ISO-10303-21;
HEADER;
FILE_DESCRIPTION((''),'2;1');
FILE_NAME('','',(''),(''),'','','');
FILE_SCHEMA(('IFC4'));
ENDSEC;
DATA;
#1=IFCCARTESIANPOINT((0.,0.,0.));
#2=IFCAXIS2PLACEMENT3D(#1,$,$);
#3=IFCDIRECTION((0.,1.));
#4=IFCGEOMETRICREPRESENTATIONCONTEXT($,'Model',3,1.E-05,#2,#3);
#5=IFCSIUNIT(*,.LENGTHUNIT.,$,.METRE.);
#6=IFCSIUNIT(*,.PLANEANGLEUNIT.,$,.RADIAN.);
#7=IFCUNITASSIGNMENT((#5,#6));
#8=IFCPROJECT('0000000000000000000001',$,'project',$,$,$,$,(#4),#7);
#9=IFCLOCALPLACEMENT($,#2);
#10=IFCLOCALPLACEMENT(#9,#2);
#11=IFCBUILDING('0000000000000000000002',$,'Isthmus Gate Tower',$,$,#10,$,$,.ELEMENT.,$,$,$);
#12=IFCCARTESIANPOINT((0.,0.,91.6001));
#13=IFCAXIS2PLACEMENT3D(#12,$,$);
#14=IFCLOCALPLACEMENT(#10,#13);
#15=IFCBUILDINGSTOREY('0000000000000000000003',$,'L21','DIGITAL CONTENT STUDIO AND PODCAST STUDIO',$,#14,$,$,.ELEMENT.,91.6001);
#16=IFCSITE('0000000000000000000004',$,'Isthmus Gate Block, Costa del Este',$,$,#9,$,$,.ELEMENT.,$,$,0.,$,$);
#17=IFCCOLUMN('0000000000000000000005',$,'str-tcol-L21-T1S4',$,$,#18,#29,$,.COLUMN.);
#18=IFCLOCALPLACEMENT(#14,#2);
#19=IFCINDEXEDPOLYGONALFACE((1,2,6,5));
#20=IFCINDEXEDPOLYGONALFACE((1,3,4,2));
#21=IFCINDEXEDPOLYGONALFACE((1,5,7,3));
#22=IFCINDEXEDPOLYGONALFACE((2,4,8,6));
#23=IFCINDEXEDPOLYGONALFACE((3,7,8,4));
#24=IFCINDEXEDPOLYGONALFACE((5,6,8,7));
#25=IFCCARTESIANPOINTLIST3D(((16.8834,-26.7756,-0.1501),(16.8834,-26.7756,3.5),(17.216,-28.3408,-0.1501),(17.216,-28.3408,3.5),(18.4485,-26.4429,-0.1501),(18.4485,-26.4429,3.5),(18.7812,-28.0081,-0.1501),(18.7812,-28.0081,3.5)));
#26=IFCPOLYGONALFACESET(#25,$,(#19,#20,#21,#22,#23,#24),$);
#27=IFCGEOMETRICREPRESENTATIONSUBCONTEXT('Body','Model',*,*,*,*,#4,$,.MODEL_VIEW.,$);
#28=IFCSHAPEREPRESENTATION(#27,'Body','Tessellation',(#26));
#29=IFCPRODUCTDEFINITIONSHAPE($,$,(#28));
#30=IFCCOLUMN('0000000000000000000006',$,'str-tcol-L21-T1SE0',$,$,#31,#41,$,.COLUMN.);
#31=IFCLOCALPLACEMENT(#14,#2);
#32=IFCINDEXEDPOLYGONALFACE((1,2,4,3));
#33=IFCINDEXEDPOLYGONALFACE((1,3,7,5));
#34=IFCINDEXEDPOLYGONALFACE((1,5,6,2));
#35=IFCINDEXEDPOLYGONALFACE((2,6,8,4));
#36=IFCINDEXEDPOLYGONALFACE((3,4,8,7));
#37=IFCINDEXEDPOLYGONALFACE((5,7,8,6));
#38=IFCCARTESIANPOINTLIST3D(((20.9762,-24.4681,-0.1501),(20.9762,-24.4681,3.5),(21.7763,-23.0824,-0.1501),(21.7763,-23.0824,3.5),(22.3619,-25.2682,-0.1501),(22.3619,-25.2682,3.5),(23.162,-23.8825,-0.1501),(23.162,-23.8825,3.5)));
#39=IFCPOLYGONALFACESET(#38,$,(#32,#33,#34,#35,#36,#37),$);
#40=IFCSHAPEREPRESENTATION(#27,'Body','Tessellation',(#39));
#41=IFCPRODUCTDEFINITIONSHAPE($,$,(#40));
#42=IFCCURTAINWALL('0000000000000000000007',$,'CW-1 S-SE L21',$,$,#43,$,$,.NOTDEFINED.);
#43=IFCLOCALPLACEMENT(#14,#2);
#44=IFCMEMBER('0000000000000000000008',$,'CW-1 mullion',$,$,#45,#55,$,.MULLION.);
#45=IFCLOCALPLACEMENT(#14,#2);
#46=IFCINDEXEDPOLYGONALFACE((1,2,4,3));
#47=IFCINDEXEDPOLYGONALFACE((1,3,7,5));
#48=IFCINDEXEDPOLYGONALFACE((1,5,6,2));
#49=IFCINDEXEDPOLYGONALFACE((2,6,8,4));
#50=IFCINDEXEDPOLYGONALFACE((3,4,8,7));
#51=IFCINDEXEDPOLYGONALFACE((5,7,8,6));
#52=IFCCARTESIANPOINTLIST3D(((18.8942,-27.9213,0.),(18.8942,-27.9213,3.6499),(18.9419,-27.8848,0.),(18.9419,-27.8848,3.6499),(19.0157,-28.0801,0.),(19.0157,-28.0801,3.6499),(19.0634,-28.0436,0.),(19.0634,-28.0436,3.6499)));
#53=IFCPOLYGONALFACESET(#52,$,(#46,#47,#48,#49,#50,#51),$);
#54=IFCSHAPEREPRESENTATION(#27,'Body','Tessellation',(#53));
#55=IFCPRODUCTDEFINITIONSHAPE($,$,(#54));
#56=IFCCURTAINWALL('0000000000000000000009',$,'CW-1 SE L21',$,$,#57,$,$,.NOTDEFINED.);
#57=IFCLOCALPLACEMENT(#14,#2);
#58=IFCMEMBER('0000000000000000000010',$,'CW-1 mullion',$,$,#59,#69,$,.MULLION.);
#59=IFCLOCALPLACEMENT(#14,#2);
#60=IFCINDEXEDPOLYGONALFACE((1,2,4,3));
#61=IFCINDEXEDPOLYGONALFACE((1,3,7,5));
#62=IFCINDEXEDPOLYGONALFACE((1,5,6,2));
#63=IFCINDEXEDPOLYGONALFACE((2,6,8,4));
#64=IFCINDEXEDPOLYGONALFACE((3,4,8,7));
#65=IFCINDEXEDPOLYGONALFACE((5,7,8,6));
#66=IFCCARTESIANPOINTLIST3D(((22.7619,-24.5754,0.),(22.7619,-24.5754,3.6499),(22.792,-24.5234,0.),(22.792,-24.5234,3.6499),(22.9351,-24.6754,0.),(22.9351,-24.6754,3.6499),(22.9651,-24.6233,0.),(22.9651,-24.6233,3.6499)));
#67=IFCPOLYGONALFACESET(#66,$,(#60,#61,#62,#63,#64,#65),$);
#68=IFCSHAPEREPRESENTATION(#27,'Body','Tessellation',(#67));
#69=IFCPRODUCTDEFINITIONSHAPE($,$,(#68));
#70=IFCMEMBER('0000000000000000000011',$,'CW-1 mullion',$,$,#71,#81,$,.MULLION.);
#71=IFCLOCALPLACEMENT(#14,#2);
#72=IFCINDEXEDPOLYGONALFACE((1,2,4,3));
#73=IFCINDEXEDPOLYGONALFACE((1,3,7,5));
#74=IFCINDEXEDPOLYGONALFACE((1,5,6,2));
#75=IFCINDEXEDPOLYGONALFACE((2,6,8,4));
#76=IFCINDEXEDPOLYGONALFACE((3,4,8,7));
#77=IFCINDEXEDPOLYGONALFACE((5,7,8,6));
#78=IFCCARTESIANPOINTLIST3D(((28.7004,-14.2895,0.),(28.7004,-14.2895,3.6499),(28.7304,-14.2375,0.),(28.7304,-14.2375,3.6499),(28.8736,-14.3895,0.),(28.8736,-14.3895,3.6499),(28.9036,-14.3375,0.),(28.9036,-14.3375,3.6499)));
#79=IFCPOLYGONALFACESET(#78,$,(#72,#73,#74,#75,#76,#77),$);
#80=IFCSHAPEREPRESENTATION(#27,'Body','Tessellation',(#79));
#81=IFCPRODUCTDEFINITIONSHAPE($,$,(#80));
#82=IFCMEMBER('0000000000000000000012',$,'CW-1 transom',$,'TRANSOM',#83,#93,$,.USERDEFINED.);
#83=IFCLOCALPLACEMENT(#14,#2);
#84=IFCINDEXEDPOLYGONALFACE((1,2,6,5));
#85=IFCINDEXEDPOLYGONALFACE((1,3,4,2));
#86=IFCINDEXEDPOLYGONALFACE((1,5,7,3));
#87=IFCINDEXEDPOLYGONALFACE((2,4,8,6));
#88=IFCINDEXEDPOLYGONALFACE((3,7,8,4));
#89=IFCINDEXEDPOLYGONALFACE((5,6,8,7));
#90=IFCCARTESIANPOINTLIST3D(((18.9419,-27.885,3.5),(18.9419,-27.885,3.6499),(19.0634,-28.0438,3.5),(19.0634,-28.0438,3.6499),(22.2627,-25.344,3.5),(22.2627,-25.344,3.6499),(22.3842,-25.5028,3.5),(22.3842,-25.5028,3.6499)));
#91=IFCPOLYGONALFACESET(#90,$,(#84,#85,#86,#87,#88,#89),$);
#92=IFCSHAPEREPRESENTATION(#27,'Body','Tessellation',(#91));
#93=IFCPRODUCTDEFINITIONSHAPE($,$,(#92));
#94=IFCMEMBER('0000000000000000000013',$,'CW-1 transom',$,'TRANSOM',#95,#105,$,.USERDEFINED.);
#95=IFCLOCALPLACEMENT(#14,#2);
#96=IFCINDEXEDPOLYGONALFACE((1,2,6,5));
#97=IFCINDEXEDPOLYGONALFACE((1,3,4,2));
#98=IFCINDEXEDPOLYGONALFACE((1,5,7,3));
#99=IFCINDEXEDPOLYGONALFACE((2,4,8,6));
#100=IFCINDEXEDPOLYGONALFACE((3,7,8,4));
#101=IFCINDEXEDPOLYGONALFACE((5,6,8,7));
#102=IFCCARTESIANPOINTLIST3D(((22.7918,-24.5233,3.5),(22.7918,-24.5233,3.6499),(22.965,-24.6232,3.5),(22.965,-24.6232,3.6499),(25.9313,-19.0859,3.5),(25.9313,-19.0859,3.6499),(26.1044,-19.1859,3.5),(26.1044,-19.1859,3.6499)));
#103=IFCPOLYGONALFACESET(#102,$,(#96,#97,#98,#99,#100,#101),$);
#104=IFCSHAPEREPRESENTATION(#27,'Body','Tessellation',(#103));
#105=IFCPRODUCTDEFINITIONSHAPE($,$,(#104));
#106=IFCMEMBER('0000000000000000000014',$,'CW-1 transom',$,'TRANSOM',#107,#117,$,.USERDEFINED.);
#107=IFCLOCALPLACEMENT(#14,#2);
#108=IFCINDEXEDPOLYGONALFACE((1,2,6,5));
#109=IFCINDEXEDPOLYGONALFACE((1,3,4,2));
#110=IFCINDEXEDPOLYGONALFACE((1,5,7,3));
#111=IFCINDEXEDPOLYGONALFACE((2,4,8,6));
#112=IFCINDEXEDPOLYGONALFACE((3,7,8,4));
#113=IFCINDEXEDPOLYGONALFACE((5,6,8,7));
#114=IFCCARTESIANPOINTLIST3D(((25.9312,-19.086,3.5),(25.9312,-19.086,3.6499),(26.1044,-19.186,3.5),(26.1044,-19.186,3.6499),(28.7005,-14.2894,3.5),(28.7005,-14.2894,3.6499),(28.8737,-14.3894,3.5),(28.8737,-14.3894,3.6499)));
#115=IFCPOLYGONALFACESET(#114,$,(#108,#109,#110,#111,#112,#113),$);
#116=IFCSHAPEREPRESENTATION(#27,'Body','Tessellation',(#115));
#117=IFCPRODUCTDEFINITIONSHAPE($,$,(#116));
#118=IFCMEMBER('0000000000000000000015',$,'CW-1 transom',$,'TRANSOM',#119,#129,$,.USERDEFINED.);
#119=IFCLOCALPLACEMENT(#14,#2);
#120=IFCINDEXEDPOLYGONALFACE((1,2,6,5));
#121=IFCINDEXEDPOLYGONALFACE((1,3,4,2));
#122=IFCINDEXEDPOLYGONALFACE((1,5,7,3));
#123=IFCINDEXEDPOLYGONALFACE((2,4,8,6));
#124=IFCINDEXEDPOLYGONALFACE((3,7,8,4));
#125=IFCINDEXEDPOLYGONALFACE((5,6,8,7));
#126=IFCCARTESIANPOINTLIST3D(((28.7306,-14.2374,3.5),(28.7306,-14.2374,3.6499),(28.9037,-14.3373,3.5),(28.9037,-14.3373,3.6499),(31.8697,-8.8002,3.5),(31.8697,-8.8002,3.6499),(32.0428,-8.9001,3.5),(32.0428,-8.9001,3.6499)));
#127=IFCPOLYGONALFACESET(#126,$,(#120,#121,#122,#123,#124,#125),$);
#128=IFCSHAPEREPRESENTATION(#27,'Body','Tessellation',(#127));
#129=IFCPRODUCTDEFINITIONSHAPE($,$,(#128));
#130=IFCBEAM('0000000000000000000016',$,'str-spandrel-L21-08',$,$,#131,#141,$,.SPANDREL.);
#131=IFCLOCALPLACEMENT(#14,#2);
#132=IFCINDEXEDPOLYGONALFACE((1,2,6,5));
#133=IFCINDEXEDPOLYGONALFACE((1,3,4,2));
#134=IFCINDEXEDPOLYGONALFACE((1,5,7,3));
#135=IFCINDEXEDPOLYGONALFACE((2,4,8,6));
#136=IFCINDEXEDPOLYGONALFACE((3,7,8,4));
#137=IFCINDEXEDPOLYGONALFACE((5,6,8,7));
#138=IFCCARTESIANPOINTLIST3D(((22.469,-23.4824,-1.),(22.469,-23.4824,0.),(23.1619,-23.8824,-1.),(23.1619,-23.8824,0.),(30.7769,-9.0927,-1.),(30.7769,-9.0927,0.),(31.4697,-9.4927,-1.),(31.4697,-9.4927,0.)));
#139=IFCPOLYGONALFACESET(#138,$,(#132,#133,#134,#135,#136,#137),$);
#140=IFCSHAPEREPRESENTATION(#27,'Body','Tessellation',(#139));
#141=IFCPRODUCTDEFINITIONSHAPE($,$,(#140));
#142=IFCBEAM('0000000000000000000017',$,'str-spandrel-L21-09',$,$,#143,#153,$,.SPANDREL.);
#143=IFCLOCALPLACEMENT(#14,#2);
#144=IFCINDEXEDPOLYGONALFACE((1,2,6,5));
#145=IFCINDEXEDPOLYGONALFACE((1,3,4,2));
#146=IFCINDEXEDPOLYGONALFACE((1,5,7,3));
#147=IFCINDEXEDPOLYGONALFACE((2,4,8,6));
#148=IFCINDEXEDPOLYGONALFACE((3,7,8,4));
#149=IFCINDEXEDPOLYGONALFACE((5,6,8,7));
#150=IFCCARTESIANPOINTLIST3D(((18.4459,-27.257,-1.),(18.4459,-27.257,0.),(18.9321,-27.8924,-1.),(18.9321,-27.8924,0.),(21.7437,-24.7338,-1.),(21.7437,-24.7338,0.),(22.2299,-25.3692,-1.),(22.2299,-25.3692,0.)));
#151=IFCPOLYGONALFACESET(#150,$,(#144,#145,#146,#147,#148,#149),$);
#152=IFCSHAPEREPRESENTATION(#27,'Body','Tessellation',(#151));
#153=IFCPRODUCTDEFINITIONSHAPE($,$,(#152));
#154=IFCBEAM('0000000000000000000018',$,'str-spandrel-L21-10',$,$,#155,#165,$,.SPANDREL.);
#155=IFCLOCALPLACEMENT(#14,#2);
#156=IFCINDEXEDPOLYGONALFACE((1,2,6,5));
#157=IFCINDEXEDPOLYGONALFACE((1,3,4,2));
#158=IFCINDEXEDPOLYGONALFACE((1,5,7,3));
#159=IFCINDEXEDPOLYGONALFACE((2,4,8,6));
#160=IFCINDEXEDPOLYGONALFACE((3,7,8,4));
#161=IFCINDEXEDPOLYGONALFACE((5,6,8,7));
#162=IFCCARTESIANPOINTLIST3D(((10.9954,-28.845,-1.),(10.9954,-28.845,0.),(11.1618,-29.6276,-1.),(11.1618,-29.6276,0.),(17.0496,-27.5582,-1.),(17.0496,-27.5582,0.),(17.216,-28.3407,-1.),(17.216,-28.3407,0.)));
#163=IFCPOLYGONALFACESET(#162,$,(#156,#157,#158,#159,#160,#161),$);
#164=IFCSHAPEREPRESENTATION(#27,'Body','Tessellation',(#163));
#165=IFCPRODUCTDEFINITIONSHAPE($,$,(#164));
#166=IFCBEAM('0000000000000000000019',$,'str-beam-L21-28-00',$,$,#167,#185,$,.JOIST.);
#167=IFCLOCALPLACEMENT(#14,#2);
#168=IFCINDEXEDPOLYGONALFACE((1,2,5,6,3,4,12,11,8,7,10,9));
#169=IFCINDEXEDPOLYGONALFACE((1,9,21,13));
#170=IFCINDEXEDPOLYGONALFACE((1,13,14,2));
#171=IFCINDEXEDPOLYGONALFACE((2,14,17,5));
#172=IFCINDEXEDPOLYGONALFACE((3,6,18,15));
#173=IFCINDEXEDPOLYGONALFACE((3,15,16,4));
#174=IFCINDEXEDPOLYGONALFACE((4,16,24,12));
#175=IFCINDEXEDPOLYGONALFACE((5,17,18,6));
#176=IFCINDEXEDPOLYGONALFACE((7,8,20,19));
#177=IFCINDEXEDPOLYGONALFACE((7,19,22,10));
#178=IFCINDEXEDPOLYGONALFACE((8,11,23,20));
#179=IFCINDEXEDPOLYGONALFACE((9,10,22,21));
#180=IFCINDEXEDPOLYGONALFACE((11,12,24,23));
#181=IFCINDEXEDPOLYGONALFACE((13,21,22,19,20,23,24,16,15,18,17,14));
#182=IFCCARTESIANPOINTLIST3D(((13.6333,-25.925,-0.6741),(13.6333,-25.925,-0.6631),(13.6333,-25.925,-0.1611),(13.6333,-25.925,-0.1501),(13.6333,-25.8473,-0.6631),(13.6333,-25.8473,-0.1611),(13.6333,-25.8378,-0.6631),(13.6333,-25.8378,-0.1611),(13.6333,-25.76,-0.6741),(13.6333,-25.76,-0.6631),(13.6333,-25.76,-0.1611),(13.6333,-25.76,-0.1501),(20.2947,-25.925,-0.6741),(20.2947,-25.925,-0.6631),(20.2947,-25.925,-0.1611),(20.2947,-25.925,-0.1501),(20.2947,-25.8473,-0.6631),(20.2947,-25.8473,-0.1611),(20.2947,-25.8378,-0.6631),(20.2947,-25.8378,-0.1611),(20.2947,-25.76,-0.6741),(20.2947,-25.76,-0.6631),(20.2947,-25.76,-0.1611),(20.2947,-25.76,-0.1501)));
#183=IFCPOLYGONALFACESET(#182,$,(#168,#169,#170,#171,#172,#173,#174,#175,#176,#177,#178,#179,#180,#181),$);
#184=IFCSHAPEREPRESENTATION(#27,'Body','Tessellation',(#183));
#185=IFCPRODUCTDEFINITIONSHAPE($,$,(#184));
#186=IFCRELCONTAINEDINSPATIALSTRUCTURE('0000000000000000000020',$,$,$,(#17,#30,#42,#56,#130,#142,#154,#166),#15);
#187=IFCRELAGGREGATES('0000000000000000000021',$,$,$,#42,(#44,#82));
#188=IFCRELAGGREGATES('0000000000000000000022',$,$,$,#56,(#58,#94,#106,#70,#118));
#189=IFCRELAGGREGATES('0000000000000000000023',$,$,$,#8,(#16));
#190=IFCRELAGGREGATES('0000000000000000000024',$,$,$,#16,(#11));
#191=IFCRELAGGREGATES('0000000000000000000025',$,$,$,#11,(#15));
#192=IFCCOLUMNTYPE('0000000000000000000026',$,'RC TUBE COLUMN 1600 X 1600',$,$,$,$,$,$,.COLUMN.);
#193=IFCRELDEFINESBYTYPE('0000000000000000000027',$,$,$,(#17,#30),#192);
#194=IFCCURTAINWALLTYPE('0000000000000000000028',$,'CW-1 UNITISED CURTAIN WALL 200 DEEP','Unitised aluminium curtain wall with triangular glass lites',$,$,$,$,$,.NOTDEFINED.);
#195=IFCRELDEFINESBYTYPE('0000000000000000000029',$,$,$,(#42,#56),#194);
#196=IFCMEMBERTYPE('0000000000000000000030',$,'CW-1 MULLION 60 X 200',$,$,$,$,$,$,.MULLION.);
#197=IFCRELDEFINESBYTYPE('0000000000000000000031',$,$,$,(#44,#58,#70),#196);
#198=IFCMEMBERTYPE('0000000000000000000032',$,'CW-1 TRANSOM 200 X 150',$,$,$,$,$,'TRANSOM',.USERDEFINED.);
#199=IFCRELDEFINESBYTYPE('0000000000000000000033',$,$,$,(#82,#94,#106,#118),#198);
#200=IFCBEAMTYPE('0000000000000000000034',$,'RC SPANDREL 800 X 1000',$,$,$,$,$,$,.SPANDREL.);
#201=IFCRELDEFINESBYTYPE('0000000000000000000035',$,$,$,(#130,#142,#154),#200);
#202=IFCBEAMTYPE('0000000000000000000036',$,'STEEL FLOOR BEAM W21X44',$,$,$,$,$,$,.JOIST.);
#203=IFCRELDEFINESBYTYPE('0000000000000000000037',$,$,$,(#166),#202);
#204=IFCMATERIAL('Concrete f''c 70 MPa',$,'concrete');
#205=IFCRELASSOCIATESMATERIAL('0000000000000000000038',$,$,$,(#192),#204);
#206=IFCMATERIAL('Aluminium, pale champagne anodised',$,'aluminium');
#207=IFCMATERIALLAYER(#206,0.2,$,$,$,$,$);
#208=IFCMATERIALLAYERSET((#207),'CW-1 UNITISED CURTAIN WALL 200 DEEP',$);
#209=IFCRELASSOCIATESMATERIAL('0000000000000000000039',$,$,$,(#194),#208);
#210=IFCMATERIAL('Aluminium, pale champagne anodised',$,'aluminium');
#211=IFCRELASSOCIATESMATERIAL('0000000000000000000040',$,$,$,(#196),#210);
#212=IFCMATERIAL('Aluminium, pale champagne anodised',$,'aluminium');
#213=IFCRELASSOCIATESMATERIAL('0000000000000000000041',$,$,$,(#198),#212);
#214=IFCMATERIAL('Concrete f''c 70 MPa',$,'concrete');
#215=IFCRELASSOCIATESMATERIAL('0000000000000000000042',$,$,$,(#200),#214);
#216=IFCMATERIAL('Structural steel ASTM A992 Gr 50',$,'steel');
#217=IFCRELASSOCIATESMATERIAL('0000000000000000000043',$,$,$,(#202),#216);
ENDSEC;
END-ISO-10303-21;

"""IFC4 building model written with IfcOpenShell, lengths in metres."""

from ifc_helpers import new_model, si_unit, direction, frame, origin, origin_2d, place, context, subcontext, project, spatial, rectangle, i_section, extrude, material, layer, layer_set, material_profile, profile_set, type_object, element, aggregate, save


model = new_model("IFC4")

# Units and contexts
model_context = context("Model", 3, precision=1e-05, world=origin(), true_north=direction((0.0, 1.0)))
body_context = subcontext(model_context, "Body", "Model", "MODEL_VIEW")
ifc_project = project(units=[si_unit("LENGTHUNIT", "METRE"), si_unit("PLANEANGLEUNIT", "RADIAN")], contexts=[model_context])

# Site, building, storey
site_placement = place(None, origin())
site = spatial("IfcSite", under=ifc_project, at=site_placement, Name="Isthmus Gate Block, Costa del Este", CompositionType="ELEMENT", RefElevation=0.0)
building_placement = place(site_placement, origin())
building = spatial("IfcBuilding", under=site, at=building_placement, Name="Isthmus Gate Tower", CompositionType="ELEMENT")
storey_placement = place(building_placement, frame((0.0, 0.0, 91.6001)))
storey = spatial("IfcBuildingStorey", under=building, at=storey_placement, Name="L21", Description="DIGITAL CONTENT STUDIO AND PODCAST STUDIO", CompositionType="ELEMENT", Elevation=91.6001)

# Columns
ifc_material_1 = material(Name="Concrete f'c 70 MPa", Category="concrete")
ifc_material_profile_1 = material_profile(ifc_material_1, rectangle(XDim=1.6001, YDim=1.6001, at=origin_2d()), Name="RC 1600X1600")
ifc_profile_set_1 = profile_set([ifc_material_profile_1], Name="Concrete f'c 70 MPa")
column_type = type_object("IfcColumnType", Name="RC TUBE COLUMN 1600 X 1600", PredefinedType="COLUMN", material=ifc_profile_set_1)
for number, where, z_axis, x_axis, name in (
    (1, (17.8323, -27.3918, -0.1501), (0.0, 0.0, 1.0), (0.978148, 0.207912, 0.0), "str-tcol-L21-T1S4"),
    (2, (22.0691, -24.1753, -0.1501), (0.0, 0.0, 1.0), (0.5, 0.866025, 0.0), "str-tcol-L21-T1SE0"),
):
    element("IfcColumn", number, at=place(storey_placement, frame(where, z_axis=z_axis, x_axis=x_axis)), inside=storey, type_object=column_type, Name=name, PredefinedType="COLUMN", context=body_context, shape_type="SweptSolid", body=[
        extrude(rectangle(XDim=1.6001, YDim=1.6001, at=origin_2d()), origin(), (0.0, 0.0, 1.0), 3.6501),
    ])

# Curtain wall, member
ifc_material_2 = material(Name="Aluminium, pale champagne anodised", Category="aluminium")
ifc_layer_1 = layer(ifc_material_2, 0.2)
ifc_layer_set_1 = layer_set([ifc_layer_1], Name="CW-1 UNITISED CURTAIN WALL 200 DEEP")
curtain_wall_type = type_object("IfcCurtainWallType", Name="CW-1 UNITISED CURTAIN WALL 200 DEEP", Description="Unitised aluminium curtain wall with triangular glass lites", PredefinedType="NOTDEFINED", material=ifc_layer_set_1)
curtain_wall_1_placement = place(storey_placement, origin())
curtain_wall_1 = element("IfcCurtainWall", 3, at=curtain_wall_1_placement, inside=storey, type_object=curtain_wall_type, Name="CW-1 S-SE L21", PredefinedType="NOTDEFINED")
ifc_material_3 = material(Name="Aluminium, pale champagne anodised", Category="aluminium")
ifc_material_profile_2 = material_profile(ifc_material_3, rectangle(XDim=0.0601, YDim=0.2, at=origin_2d()), Name="60x200")
ifc_profile_set_2 = profile_set([ifc_material_profile_2], Name="Aluminium, pale champagne anodised")
member_type_1 = type_object("IfcMemberType", Name="CW-1 MULLION 60 X 200", PredefinedType="MULLION", material=ifc_profile_set_2)
member_1_placement = place(storey_placement, frame((18.9788, -27.9824, 0.0), z_axis=(0.0, 0.0, 1.0), x_axis=(0.794189, 0.607671, 0.0)))
member_1 = element("IfcMember", 4, at=member_1_placement, type_object=member_type_1, Name="CW-1 mullion", PredefinedType="MULLION", context=body_context, shape_type="SweptSolid", body=[
    extrude(rectangle(XDim=0.0601, YDim=0.2, at=origin_2d()), origin(), (0.0, 0.0, 1.0), 3.6499),
])

# Curtain wall, members
curtain_wall_2_placement = place(storey_placement, origin())
curtain_wall_2 = element("IfcCurtainWall", 5, at=curtain_wall_2_placement, inside=storey, type_object=curtain_wall_type, Name="CW-1 SE L21", PredefinedType="NOTDEFINED")
member_2_placement = place(storey_placement, frame((22.8635, -24.5994, 0.0), z_axis=(0.0, 0.0, 1.0), x_axis=(0.5, 0.866025, 0.0)))
member_2 = element("IfcMember", 6, at=member_2_placement, type_object=member_type_1, Name="CW-1 mullion", PredefinedType="MULLION", context=body_context, shape_type="SweptSolid", body=[
    extrude(rectangle(XDim=0.0601, YDim=0.2, at=origin_2d()), origin(), (0.0, 0.0, 1.0), 3.6499),
])
member_3_placement = place(storey_placement, frame((28.802, -14.3135, 0.0), z_axis=(0.0, 0.0, 1.0), x_axis=(0.5, 0.866025, 0.0)))
member_3 = element("IfcMember", 7, at=member_3_placement, type_object=member_type_1, Name="CW-1 mullion", PredefinedType="MULLION", context=body_context, shape_type="SweptSolid", body=[
    extrude(rectangle(XDim=0.0601, YDim=0.2, at=origin_2d()), origin(), (0.0, 0.0, 1.0), 3.6499),
])

# Members
ifc_material_4 = material(Name="Aluminium, pale champagne anodised", Category="aluminium")
ifc_material_profile_3 = material_profile(ifc_material_4, rectangle(XDim=0.2, YDim=0.1499, at=origin_2d()), Name="200x150")
ifc_profile_set_3 = profile_set([ifc_material_profile_3], Name="Aluminium, pale champagne anodised")
member_type_2 = type_object("IfcMemberType", Name="CW-1 TRANSOM 200 X 150", ElementType="TRANSOM", PredefinedType="USERDEFINED", material=ifc_profile_set_3)
member_4_placement = place(storey_placement, frame((19.0027, -27.9644, 3.575), z_axis=(0.794175, 0.607688, 0.0), x_axis=(-0.607688, 0.794175, 0.0)))
member_4 = element("IfcMember", 8, at=member_4_placement, type_object=member_type_2, Name="CW-1 transom", ObjectType="TRANSOM", PredefinedType="USERDEFINED", context=body_context, shape_type="SweptSolid", body=[
    extrude(rectangle(XDim=0.2, YDim=0.1499, at=origin_2d()), origin(), (0.0, 0.0, 1.0), 4.1814),
])
member_5_placement = place(storey_placement, frame((22.8784, -24.5732, 3.575), z_axis=(0.500024, 0.866011, 0.0), x_axis=(-0.866011, 0.500024, 0.0)))
member_5 = element("IfcMember", 9, at=member_5_placement, type_object=member_type_2, Name="CW-1 transom", ObjectType="TRANSOM", PredefinedType="USERDEFINED", context=body_context, shape_type="SweptSolid", body=[
    extrude(rectangle(XDim=0.2, YDim=0.1499, at=origin_2d()), origin(), (0.0, 0.0, 1.0), 6.2786),
])
member_6_placement = place(storey_placement, frame((26.0178, -19.136, 3.575), z_axis=(0.499993, 0.866029, 0.0), x_axis=(-0.866029, 0.499993, 0.0)))
member_6 = element("IfcMember", 10, at=member_6_placement, type_object=member_type_2, Name="CW-1 transom", ObjectType="TRANSOM", PredefinedType="USERDEFINED", context=body_context, shape_type="SweptSolid", body=[
    extrude(rectangle(XDim=0.2, YDim=0.1499, at=origin_2d()), origin(), (0.0, 0.0, 1.0), 5.5386),
])
member_7_placement = place(storey_placement, frame((28.8171, -14.2874, 3.575), z_axis=(0.499995, 0.866028, 0.0), x_axis=(-0.866028, 0.499995, 0.0)))
member_7 = element("IfcMember", 11, at=member_7_placement, type_object=member_type_2, Name="CW-1 transom", ObjectType="TRANSOM", PredefinedType="USERDEFINED", context=body_context, shape_type="SweptSolid", body=[
    extrude(rectangle(XDim=0.2, YDim=0.1499, at=origin_2d()), origin(), (0.0, 0.0, 1.0), 6.2783),
])

# Beams
ifc_material_5 = material(Name="Concrete f'c 70 MPa", Category="concrete")
ifc_material_profile_4 = material_profile(ifc_material_5, rectangle(XDim=0.8, YDim=1.0, at=origin_2d()), Name="RC 800X1000")
ifc_profile_set_4 = profile_set([ifc_material_profile_4], Name="Concrete f'c 70 MPa")
beam_type_1 = type_object("IfcBeamType", Name="RC SPANDREL 800 X 1000", PredefinedType="SPANDREL", material=ifc_profile_set_4)
beam_1_placement = place(storey_placement, frame((31.1233, -9.2927, -0.5), z_axis=(-0.5, -0.866026, 0.0), x_axis=(0.866026, -0.5, 0.0)))
element("IfcBeam", 12, at=beam_1_placement, inside=storey, type_object=beam_type_1, Name="str-spandrel-L21-08", PredefinedType="SPANDREL", context=body_context, shape_type="SweptSolid", body=[
    extrude(rectangle(XDim=0.8, YDim=1.0, at=origin_2d()), origin(), (0.0, 0.0, 1.0), 16.6157),
])
beam_2_placement = place(storey_placement, frame((21.9868, -25.0515, -0.5), z_axis=(-0.794206, -0.607649, 0.0), x_axis=(0.607649, -0.794206, 0.0)))
element("IfcBeam", 13, at=beam_2_placement, inside=storey, type_object=beam_type_1, Name="str-spandrel-L21-09", PredefinedType="SPANDREL", context=body_context, shape_type="SweptSolid", body=[
    extrude(rectangle(XDim=0.8, YDim=1.0, at=origin_2d()), origin(), (0.0, 0.0, 1.0), 4.1523),
])
beam_3_placement = place(storey_placement, frame((17.1328, -27.9495, -0.5), z_axis=(-0.978147, -0.207913, 0.0), x_axis=(0.207913, -0.978147, 0.0)))
element("IfcBeam", 14, at=beam_3_placement, inside=storey, type_object=beam_type_1, Name="str-spandrel-L21-10", PredefinedType="SPANDREL", context=body_context, shape_type="SweptSolid", body=[
    extrude(rectangle(XDim=0.8, YDim=1.0, at=origin_2d()), origin(), (0.0, 0.0, 1.0), 6.1895),
])
ifc_material_6 = material(Name="Structural steel ASTM A992 Gr 50", Category="steel")
ifc_material_profile_5 = material_profile(ifc_material_6, i_section(OverallWidth=0.165, OverallDepth=0.5239, WebThickness=0.0095, FlangeThickness=0.011, at=origin_2d()), Name="W21X44")
ifc_profile_set_5 = profile_set([ifc_material_profile_5], Name="Structural steel ASTM A992 Gr 50")
beam_type_2 = type_object("IfcBeamType", Name="STEEL FLOOR BEAM W21X44", PredefinedType="JOIST", material=ifc_profile_set_5)
beam_4_placement = place(storey_placement, frame((13.6333, -25.8425, -0.4121), z_axis=(1.0, 0.0, 0.0), x_axis=(0.0, 1.0, 0.0)))
element("IfcBeam", 15, at=beam_4_placement, inside=storey, type_object=beam_type_2, Name="str-beam-L21-28-00", PredefinedType="JOIST", context=body_context, shape_type="SweptSolid", body=[
    extrude(i_section(OverallWidth=0.165, OverallDepth=0.5239, WebThickness=0.0095, FlangeThickness=0.011, at=origin_2d()), origin(), (0.0, 0.0, 1.0), 6.6614),
])

aggregate(curtain_wall_1, [member_1, member_4])
aggregate(curtain_wall_2, [member_2, member_5, member_6, member_3, member_7])

save(model, "model.ifc")
